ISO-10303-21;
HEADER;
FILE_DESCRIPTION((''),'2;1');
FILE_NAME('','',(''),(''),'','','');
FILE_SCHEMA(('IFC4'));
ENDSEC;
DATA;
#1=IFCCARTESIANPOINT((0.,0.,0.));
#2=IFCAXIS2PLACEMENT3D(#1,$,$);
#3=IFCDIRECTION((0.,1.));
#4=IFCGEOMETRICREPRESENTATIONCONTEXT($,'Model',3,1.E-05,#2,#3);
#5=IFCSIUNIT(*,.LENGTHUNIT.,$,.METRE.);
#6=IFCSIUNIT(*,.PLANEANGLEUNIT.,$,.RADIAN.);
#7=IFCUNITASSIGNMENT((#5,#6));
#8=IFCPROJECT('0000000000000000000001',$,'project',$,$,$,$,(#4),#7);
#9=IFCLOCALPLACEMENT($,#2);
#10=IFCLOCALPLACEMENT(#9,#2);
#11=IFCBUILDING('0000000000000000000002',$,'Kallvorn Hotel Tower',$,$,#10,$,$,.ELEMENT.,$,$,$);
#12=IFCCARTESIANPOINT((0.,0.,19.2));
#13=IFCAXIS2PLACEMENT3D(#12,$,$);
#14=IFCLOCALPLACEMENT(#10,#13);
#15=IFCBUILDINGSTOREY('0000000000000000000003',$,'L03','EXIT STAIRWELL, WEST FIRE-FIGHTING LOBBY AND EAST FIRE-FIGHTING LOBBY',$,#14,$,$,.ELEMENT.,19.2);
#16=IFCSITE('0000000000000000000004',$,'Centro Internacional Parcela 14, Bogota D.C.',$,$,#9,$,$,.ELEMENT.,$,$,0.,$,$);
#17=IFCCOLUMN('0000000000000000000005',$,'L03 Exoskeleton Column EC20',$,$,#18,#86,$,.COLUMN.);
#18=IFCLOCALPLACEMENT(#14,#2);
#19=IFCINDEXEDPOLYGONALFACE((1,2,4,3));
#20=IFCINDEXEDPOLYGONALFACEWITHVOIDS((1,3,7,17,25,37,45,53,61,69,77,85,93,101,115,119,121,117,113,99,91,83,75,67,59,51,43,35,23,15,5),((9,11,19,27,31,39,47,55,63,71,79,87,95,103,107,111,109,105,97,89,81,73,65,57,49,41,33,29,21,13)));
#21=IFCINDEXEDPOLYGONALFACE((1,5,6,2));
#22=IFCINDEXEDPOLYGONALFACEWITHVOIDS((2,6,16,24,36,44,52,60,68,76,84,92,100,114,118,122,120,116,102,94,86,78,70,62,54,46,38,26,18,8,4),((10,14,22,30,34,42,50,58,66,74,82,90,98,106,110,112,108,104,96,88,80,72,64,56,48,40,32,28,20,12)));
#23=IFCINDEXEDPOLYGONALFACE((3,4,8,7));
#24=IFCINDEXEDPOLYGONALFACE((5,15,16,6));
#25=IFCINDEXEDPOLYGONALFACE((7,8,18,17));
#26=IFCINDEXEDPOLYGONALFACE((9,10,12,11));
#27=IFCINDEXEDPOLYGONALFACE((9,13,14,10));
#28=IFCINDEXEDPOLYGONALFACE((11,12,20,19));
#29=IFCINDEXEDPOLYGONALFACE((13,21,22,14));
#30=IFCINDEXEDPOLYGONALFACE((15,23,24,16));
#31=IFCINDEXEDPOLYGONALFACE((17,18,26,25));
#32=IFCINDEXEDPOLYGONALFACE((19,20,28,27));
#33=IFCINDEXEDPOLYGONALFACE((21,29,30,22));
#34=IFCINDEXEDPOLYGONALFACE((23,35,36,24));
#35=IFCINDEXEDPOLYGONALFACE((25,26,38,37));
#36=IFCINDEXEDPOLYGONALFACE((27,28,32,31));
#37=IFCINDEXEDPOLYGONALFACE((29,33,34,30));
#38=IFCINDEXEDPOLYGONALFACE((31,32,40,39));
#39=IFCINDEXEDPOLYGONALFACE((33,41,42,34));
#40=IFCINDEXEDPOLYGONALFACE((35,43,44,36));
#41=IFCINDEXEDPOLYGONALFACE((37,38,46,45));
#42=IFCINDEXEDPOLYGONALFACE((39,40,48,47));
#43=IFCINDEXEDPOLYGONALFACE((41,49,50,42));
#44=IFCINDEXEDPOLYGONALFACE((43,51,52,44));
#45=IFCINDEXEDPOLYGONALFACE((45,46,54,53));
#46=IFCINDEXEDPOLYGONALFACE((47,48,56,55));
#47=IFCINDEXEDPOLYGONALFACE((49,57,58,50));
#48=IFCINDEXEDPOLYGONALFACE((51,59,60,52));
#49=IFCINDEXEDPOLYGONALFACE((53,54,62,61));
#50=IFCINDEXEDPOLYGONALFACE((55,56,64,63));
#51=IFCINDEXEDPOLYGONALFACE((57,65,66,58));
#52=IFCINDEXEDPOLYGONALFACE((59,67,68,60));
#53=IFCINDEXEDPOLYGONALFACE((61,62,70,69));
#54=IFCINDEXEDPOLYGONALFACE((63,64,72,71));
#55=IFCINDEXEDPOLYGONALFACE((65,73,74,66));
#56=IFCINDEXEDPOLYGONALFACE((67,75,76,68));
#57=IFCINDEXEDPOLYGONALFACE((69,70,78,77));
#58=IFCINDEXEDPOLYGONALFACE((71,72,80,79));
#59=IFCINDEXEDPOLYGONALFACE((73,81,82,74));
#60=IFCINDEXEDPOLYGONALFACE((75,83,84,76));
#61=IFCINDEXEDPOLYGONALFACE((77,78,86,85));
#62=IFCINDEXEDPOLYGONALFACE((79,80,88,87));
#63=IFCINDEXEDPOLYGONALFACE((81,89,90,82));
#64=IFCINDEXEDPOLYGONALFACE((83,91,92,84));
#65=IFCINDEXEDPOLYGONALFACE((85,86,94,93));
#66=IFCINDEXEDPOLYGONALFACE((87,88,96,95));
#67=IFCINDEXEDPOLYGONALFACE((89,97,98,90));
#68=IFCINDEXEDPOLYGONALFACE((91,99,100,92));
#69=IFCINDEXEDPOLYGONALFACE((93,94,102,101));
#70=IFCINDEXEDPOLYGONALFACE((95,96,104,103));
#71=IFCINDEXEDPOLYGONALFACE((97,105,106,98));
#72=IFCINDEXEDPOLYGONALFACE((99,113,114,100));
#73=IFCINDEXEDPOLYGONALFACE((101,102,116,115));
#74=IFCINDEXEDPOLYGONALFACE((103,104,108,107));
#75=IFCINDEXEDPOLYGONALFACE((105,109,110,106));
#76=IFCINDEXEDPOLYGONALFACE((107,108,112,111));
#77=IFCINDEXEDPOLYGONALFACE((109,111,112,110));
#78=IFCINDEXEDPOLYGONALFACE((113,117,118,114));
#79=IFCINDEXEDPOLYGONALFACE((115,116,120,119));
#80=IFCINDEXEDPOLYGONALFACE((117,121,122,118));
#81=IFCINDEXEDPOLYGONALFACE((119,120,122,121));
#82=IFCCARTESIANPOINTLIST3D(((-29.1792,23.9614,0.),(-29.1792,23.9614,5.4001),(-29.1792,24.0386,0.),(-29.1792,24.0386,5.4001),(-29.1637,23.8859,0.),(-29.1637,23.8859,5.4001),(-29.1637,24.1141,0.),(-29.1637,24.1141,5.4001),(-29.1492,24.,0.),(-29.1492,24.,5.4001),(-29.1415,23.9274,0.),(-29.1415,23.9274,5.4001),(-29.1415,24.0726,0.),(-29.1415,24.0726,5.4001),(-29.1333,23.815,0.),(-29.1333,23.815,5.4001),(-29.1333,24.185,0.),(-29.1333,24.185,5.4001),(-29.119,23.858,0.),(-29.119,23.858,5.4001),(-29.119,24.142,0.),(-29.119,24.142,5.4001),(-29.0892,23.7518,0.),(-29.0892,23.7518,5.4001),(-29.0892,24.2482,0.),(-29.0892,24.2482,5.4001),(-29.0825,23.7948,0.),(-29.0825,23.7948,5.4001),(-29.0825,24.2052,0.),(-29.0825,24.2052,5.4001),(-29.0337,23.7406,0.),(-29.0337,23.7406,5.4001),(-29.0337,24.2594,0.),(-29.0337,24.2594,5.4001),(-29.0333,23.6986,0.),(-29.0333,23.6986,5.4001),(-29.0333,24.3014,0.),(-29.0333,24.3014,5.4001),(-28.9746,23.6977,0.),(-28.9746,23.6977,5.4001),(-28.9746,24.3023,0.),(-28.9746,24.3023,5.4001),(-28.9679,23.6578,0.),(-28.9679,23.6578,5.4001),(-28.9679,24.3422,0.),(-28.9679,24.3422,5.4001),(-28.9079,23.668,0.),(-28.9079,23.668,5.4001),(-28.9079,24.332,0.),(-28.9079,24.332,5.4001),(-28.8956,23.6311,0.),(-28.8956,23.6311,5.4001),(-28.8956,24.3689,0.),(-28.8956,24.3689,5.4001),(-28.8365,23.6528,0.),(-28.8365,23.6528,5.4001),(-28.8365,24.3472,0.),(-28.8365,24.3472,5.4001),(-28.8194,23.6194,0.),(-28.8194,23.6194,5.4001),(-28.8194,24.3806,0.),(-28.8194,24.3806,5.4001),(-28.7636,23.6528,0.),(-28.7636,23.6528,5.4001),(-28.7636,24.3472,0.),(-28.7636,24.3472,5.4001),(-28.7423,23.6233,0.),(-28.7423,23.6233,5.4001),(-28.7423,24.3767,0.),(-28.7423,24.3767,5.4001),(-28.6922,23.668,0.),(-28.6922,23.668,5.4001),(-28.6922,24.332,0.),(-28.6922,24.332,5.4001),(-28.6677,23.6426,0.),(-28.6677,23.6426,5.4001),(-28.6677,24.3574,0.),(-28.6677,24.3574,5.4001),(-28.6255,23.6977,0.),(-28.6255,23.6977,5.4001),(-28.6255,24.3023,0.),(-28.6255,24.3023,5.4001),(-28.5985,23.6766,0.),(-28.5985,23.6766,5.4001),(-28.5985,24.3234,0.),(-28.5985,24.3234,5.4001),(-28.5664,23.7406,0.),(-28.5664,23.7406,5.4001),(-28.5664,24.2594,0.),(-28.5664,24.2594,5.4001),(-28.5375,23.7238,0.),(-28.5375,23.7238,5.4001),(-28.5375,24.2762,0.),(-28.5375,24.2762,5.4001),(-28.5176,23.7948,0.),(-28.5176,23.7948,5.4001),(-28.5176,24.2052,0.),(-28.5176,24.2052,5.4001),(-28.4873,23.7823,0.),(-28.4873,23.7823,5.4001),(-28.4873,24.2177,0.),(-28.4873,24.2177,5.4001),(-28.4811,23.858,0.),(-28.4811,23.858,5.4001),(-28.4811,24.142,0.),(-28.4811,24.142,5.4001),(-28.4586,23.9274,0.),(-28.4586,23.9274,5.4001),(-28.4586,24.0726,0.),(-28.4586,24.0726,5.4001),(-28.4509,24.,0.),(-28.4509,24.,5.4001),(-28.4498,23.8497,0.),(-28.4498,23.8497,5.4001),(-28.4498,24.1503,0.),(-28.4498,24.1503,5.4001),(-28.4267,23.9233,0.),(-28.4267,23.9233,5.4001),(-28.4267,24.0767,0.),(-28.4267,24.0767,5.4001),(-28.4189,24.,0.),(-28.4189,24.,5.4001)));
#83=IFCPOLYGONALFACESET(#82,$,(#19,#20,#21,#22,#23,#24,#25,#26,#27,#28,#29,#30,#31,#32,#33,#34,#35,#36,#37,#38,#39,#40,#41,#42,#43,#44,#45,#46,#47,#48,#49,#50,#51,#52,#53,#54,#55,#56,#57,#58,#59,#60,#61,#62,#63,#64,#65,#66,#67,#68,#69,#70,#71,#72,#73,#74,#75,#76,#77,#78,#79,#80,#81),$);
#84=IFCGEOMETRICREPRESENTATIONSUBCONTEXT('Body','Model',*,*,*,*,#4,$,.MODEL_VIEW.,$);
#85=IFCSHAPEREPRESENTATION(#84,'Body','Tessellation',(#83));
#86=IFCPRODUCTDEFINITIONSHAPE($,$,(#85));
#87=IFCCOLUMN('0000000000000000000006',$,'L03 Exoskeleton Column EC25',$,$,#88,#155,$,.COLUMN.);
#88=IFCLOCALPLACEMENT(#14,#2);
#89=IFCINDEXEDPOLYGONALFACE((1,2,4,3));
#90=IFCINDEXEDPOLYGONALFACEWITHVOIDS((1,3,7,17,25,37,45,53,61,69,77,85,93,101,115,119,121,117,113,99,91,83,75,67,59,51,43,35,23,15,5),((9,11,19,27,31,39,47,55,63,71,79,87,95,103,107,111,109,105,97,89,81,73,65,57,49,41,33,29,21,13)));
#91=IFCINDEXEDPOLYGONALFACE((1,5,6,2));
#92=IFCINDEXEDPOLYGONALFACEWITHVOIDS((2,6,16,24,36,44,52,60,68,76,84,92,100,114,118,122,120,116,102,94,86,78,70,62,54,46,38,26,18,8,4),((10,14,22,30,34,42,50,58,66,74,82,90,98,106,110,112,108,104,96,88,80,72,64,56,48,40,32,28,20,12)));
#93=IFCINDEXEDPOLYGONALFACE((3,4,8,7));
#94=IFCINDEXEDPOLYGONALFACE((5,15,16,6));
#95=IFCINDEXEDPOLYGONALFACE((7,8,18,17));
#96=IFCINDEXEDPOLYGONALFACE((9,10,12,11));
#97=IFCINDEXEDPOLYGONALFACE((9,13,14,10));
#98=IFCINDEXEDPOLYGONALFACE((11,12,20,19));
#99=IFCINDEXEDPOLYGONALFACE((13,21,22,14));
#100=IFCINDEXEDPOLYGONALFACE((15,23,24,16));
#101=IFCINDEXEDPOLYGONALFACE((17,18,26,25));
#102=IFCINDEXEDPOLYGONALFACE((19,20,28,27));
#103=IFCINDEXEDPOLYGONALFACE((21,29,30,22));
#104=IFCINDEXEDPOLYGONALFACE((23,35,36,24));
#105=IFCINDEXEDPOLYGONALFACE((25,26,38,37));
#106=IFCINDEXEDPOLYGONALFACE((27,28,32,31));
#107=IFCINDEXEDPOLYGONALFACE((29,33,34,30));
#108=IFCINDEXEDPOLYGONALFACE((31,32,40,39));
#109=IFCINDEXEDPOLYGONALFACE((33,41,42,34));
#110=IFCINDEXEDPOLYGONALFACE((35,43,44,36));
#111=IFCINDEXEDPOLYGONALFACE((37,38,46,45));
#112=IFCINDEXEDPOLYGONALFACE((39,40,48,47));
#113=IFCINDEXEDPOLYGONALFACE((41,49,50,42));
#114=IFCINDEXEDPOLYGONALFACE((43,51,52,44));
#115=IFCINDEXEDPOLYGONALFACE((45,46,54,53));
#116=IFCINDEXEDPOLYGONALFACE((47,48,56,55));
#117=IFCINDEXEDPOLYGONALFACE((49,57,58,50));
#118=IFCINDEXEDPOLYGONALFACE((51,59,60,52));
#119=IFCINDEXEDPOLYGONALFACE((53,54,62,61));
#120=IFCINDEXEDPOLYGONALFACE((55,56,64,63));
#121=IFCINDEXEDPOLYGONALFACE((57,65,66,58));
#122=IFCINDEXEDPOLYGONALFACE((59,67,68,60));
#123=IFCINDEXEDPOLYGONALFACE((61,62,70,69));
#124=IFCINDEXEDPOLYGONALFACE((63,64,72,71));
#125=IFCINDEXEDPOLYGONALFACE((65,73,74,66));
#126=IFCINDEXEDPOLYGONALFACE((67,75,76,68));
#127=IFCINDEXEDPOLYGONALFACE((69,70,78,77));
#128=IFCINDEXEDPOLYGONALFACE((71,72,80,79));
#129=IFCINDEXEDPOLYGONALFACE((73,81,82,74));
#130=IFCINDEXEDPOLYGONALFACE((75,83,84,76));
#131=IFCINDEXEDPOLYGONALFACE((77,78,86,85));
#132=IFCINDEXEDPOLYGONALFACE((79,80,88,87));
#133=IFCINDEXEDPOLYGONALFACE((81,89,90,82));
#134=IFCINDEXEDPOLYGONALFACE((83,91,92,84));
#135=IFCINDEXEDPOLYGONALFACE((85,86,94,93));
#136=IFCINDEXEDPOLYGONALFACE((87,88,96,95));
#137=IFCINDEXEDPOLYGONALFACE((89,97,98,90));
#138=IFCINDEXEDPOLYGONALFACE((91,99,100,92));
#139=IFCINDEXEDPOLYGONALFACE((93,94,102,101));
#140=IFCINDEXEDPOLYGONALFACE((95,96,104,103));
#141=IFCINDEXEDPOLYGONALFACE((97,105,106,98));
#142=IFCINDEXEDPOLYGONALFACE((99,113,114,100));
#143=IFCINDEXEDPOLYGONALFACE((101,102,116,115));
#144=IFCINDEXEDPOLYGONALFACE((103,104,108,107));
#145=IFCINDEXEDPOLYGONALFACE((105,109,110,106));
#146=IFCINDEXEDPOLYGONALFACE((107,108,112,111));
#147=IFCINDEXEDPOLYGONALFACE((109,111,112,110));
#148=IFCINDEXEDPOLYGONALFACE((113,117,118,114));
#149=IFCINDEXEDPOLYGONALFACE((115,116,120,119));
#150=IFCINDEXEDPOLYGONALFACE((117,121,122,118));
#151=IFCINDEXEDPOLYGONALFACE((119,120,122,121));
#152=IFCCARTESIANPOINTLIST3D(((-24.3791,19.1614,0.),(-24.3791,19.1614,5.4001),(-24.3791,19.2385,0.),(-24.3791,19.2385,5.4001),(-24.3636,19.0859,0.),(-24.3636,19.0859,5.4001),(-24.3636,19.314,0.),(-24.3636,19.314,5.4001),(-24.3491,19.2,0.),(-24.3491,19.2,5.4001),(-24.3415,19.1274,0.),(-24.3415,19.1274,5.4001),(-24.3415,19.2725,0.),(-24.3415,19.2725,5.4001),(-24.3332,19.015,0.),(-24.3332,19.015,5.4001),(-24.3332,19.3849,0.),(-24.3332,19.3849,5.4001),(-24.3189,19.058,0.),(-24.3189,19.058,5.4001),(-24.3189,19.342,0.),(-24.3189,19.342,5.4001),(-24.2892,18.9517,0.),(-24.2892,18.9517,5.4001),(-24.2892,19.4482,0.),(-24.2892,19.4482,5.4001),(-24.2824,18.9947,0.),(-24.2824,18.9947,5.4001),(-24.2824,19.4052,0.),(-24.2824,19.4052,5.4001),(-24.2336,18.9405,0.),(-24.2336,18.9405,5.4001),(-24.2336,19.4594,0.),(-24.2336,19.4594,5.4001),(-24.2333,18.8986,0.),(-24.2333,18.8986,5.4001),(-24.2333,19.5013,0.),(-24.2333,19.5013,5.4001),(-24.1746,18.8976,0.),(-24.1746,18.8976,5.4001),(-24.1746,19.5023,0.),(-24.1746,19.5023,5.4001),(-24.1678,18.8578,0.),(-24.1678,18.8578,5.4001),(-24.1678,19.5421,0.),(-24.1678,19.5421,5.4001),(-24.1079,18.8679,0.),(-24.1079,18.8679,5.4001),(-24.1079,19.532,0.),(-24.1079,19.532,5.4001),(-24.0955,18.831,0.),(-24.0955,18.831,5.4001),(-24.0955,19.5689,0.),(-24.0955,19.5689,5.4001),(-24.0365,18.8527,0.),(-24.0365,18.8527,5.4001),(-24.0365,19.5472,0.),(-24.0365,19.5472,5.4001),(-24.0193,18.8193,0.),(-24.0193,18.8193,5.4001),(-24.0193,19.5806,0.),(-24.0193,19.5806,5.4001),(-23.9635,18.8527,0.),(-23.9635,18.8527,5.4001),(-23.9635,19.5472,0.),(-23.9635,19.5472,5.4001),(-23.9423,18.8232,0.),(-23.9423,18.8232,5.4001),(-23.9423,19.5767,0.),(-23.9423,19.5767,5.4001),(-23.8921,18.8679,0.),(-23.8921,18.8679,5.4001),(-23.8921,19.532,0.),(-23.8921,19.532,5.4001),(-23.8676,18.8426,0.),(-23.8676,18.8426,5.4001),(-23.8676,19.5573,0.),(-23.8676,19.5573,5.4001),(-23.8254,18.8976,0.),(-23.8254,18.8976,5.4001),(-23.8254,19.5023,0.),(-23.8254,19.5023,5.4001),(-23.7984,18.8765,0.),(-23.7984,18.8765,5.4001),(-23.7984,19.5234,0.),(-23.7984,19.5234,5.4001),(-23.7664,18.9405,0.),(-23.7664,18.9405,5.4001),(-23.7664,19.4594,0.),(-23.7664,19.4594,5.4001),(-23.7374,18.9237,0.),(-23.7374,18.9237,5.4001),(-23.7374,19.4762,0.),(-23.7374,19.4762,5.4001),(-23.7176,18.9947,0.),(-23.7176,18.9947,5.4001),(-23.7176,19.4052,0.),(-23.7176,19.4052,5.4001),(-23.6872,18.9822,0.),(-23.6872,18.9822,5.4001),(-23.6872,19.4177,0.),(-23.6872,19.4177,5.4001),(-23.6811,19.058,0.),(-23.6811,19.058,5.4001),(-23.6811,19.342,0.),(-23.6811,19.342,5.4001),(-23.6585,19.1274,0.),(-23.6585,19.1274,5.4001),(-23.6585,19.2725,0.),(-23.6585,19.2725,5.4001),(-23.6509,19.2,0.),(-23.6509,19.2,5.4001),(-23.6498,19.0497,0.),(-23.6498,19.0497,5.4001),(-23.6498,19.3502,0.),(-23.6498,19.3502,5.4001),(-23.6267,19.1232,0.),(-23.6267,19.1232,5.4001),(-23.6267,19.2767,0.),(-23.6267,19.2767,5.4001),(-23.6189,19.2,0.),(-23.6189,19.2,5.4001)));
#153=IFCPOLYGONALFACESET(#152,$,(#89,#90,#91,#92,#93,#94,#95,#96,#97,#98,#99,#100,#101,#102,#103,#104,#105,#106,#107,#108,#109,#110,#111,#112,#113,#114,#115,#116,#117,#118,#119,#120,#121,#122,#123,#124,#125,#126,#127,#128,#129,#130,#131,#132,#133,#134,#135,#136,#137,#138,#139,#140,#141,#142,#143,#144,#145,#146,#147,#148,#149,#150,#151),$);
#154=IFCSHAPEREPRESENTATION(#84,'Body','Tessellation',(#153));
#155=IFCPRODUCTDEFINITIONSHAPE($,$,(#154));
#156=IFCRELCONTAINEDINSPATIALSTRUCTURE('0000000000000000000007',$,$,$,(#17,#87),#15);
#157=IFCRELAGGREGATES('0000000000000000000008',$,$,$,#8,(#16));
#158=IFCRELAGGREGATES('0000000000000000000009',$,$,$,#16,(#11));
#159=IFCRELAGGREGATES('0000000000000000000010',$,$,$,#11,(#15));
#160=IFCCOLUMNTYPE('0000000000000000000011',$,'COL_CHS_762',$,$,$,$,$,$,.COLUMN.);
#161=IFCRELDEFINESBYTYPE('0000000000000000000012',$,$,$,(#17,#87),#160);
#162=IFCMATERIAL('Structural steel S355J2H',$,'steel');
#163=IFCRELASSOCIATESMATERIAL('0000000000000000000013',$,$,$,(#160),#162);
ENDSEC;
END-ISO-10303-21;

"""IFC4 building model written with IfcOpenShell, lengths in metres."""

from ifc_helpers import new_model, si_unit, direction, frame, origin, origin_2d, place, context, subcontext, project, spatial, hollow_circle, extrude, material, material_profile, profile_set, type_object, element, save


model = new_model("IFC4")

# Units and contexts
model_context = context("Model", 3, precision=1e-05, world=origin(), true_north=direction((0.0, 1.0)))
body_context = subcontext(model_context, "Body", "Model", "MODEL_VIEW")
ifc_project = project(units=[si_unit("LENGTHUNIT", "METRE"), si_unit("PLANEANGLEUNIT", "RADIAN")], contexts=[model_context])

# Site, building, storey
site_placement = place(None, origin())
site = spatial("IfcSite", under=ifc_project, at=site_placement, Name="Centro Internacional Parcela 14, Bogota D.C.", CompositionType="ELEMENT", RefElevation=0.0)
building_placement = place(site_placement, origin())
building = spatial("IfcBuilding", under=site, at=building_placement, Name="Kallvorn Hotel Tower", CompositionType="ELEMENT")
storey_placement = place(building_placement, frame((0.0, 0.0, 19.2)))
storey = spatial("IfcBuildingStorey", under=building, at=storey_placement, Name="L03", Description="EXIT STAIRWELL, WEST FIRE-FIGHTING LOBBY AND EAST FIRE-FIGHTING LOBBY", CompositionType="ELEMENT", Elevation=19.2)

# Columns
ifc_material_1 = material(Name="Structural steel S355J2H", Category="steel")
ifc_material_profile_1 = material_profile(ifc_material_1, hollow_circle(Radius=0.3811, WallThickness=0.032, at=origin_2d()), Name="CHS 762x32")
ifc_profile_set_1 = profile_set([ifc_material_profile_1], Name="Structural steel S355J2H")
column_type_1 = type_object("IfcColumnType", Name="COL_CHS_762", PredefinedType="COLUMN", material=ifc_profile_set_1)
for number, where, z_axis, x_axis, name in (
    (1, (-28.8, 24.0, 0.0), (0.0, 0.0, 1.0), (1.0, 0.0, 0.0), "L03 Exoskeleton Column EC20"),
    (2, (-24.0, 19.2, 0.0), (0.0, 0.0, 1.0), (1.0, 0.0, 0.0), "L03 Exoskeleton Column EC25"),
):
    element("IfcColumn", number, at=place(storey_placement, frame(where, z_axis=z_axis, x_axis=x_axis)), inside=storey, type_object=column_type_1, Name=name, PredefinedType="COLUMN", context=body_context, shape_type="SweptSolid", body=[
        extrude(hollow_circle(Radius=0.3811, WallThickness=0.032, at=origin_2d()), origin(), (0.0, 0.0, 1.0), 5.4001),
    ])

save(model, "model.ifc")
